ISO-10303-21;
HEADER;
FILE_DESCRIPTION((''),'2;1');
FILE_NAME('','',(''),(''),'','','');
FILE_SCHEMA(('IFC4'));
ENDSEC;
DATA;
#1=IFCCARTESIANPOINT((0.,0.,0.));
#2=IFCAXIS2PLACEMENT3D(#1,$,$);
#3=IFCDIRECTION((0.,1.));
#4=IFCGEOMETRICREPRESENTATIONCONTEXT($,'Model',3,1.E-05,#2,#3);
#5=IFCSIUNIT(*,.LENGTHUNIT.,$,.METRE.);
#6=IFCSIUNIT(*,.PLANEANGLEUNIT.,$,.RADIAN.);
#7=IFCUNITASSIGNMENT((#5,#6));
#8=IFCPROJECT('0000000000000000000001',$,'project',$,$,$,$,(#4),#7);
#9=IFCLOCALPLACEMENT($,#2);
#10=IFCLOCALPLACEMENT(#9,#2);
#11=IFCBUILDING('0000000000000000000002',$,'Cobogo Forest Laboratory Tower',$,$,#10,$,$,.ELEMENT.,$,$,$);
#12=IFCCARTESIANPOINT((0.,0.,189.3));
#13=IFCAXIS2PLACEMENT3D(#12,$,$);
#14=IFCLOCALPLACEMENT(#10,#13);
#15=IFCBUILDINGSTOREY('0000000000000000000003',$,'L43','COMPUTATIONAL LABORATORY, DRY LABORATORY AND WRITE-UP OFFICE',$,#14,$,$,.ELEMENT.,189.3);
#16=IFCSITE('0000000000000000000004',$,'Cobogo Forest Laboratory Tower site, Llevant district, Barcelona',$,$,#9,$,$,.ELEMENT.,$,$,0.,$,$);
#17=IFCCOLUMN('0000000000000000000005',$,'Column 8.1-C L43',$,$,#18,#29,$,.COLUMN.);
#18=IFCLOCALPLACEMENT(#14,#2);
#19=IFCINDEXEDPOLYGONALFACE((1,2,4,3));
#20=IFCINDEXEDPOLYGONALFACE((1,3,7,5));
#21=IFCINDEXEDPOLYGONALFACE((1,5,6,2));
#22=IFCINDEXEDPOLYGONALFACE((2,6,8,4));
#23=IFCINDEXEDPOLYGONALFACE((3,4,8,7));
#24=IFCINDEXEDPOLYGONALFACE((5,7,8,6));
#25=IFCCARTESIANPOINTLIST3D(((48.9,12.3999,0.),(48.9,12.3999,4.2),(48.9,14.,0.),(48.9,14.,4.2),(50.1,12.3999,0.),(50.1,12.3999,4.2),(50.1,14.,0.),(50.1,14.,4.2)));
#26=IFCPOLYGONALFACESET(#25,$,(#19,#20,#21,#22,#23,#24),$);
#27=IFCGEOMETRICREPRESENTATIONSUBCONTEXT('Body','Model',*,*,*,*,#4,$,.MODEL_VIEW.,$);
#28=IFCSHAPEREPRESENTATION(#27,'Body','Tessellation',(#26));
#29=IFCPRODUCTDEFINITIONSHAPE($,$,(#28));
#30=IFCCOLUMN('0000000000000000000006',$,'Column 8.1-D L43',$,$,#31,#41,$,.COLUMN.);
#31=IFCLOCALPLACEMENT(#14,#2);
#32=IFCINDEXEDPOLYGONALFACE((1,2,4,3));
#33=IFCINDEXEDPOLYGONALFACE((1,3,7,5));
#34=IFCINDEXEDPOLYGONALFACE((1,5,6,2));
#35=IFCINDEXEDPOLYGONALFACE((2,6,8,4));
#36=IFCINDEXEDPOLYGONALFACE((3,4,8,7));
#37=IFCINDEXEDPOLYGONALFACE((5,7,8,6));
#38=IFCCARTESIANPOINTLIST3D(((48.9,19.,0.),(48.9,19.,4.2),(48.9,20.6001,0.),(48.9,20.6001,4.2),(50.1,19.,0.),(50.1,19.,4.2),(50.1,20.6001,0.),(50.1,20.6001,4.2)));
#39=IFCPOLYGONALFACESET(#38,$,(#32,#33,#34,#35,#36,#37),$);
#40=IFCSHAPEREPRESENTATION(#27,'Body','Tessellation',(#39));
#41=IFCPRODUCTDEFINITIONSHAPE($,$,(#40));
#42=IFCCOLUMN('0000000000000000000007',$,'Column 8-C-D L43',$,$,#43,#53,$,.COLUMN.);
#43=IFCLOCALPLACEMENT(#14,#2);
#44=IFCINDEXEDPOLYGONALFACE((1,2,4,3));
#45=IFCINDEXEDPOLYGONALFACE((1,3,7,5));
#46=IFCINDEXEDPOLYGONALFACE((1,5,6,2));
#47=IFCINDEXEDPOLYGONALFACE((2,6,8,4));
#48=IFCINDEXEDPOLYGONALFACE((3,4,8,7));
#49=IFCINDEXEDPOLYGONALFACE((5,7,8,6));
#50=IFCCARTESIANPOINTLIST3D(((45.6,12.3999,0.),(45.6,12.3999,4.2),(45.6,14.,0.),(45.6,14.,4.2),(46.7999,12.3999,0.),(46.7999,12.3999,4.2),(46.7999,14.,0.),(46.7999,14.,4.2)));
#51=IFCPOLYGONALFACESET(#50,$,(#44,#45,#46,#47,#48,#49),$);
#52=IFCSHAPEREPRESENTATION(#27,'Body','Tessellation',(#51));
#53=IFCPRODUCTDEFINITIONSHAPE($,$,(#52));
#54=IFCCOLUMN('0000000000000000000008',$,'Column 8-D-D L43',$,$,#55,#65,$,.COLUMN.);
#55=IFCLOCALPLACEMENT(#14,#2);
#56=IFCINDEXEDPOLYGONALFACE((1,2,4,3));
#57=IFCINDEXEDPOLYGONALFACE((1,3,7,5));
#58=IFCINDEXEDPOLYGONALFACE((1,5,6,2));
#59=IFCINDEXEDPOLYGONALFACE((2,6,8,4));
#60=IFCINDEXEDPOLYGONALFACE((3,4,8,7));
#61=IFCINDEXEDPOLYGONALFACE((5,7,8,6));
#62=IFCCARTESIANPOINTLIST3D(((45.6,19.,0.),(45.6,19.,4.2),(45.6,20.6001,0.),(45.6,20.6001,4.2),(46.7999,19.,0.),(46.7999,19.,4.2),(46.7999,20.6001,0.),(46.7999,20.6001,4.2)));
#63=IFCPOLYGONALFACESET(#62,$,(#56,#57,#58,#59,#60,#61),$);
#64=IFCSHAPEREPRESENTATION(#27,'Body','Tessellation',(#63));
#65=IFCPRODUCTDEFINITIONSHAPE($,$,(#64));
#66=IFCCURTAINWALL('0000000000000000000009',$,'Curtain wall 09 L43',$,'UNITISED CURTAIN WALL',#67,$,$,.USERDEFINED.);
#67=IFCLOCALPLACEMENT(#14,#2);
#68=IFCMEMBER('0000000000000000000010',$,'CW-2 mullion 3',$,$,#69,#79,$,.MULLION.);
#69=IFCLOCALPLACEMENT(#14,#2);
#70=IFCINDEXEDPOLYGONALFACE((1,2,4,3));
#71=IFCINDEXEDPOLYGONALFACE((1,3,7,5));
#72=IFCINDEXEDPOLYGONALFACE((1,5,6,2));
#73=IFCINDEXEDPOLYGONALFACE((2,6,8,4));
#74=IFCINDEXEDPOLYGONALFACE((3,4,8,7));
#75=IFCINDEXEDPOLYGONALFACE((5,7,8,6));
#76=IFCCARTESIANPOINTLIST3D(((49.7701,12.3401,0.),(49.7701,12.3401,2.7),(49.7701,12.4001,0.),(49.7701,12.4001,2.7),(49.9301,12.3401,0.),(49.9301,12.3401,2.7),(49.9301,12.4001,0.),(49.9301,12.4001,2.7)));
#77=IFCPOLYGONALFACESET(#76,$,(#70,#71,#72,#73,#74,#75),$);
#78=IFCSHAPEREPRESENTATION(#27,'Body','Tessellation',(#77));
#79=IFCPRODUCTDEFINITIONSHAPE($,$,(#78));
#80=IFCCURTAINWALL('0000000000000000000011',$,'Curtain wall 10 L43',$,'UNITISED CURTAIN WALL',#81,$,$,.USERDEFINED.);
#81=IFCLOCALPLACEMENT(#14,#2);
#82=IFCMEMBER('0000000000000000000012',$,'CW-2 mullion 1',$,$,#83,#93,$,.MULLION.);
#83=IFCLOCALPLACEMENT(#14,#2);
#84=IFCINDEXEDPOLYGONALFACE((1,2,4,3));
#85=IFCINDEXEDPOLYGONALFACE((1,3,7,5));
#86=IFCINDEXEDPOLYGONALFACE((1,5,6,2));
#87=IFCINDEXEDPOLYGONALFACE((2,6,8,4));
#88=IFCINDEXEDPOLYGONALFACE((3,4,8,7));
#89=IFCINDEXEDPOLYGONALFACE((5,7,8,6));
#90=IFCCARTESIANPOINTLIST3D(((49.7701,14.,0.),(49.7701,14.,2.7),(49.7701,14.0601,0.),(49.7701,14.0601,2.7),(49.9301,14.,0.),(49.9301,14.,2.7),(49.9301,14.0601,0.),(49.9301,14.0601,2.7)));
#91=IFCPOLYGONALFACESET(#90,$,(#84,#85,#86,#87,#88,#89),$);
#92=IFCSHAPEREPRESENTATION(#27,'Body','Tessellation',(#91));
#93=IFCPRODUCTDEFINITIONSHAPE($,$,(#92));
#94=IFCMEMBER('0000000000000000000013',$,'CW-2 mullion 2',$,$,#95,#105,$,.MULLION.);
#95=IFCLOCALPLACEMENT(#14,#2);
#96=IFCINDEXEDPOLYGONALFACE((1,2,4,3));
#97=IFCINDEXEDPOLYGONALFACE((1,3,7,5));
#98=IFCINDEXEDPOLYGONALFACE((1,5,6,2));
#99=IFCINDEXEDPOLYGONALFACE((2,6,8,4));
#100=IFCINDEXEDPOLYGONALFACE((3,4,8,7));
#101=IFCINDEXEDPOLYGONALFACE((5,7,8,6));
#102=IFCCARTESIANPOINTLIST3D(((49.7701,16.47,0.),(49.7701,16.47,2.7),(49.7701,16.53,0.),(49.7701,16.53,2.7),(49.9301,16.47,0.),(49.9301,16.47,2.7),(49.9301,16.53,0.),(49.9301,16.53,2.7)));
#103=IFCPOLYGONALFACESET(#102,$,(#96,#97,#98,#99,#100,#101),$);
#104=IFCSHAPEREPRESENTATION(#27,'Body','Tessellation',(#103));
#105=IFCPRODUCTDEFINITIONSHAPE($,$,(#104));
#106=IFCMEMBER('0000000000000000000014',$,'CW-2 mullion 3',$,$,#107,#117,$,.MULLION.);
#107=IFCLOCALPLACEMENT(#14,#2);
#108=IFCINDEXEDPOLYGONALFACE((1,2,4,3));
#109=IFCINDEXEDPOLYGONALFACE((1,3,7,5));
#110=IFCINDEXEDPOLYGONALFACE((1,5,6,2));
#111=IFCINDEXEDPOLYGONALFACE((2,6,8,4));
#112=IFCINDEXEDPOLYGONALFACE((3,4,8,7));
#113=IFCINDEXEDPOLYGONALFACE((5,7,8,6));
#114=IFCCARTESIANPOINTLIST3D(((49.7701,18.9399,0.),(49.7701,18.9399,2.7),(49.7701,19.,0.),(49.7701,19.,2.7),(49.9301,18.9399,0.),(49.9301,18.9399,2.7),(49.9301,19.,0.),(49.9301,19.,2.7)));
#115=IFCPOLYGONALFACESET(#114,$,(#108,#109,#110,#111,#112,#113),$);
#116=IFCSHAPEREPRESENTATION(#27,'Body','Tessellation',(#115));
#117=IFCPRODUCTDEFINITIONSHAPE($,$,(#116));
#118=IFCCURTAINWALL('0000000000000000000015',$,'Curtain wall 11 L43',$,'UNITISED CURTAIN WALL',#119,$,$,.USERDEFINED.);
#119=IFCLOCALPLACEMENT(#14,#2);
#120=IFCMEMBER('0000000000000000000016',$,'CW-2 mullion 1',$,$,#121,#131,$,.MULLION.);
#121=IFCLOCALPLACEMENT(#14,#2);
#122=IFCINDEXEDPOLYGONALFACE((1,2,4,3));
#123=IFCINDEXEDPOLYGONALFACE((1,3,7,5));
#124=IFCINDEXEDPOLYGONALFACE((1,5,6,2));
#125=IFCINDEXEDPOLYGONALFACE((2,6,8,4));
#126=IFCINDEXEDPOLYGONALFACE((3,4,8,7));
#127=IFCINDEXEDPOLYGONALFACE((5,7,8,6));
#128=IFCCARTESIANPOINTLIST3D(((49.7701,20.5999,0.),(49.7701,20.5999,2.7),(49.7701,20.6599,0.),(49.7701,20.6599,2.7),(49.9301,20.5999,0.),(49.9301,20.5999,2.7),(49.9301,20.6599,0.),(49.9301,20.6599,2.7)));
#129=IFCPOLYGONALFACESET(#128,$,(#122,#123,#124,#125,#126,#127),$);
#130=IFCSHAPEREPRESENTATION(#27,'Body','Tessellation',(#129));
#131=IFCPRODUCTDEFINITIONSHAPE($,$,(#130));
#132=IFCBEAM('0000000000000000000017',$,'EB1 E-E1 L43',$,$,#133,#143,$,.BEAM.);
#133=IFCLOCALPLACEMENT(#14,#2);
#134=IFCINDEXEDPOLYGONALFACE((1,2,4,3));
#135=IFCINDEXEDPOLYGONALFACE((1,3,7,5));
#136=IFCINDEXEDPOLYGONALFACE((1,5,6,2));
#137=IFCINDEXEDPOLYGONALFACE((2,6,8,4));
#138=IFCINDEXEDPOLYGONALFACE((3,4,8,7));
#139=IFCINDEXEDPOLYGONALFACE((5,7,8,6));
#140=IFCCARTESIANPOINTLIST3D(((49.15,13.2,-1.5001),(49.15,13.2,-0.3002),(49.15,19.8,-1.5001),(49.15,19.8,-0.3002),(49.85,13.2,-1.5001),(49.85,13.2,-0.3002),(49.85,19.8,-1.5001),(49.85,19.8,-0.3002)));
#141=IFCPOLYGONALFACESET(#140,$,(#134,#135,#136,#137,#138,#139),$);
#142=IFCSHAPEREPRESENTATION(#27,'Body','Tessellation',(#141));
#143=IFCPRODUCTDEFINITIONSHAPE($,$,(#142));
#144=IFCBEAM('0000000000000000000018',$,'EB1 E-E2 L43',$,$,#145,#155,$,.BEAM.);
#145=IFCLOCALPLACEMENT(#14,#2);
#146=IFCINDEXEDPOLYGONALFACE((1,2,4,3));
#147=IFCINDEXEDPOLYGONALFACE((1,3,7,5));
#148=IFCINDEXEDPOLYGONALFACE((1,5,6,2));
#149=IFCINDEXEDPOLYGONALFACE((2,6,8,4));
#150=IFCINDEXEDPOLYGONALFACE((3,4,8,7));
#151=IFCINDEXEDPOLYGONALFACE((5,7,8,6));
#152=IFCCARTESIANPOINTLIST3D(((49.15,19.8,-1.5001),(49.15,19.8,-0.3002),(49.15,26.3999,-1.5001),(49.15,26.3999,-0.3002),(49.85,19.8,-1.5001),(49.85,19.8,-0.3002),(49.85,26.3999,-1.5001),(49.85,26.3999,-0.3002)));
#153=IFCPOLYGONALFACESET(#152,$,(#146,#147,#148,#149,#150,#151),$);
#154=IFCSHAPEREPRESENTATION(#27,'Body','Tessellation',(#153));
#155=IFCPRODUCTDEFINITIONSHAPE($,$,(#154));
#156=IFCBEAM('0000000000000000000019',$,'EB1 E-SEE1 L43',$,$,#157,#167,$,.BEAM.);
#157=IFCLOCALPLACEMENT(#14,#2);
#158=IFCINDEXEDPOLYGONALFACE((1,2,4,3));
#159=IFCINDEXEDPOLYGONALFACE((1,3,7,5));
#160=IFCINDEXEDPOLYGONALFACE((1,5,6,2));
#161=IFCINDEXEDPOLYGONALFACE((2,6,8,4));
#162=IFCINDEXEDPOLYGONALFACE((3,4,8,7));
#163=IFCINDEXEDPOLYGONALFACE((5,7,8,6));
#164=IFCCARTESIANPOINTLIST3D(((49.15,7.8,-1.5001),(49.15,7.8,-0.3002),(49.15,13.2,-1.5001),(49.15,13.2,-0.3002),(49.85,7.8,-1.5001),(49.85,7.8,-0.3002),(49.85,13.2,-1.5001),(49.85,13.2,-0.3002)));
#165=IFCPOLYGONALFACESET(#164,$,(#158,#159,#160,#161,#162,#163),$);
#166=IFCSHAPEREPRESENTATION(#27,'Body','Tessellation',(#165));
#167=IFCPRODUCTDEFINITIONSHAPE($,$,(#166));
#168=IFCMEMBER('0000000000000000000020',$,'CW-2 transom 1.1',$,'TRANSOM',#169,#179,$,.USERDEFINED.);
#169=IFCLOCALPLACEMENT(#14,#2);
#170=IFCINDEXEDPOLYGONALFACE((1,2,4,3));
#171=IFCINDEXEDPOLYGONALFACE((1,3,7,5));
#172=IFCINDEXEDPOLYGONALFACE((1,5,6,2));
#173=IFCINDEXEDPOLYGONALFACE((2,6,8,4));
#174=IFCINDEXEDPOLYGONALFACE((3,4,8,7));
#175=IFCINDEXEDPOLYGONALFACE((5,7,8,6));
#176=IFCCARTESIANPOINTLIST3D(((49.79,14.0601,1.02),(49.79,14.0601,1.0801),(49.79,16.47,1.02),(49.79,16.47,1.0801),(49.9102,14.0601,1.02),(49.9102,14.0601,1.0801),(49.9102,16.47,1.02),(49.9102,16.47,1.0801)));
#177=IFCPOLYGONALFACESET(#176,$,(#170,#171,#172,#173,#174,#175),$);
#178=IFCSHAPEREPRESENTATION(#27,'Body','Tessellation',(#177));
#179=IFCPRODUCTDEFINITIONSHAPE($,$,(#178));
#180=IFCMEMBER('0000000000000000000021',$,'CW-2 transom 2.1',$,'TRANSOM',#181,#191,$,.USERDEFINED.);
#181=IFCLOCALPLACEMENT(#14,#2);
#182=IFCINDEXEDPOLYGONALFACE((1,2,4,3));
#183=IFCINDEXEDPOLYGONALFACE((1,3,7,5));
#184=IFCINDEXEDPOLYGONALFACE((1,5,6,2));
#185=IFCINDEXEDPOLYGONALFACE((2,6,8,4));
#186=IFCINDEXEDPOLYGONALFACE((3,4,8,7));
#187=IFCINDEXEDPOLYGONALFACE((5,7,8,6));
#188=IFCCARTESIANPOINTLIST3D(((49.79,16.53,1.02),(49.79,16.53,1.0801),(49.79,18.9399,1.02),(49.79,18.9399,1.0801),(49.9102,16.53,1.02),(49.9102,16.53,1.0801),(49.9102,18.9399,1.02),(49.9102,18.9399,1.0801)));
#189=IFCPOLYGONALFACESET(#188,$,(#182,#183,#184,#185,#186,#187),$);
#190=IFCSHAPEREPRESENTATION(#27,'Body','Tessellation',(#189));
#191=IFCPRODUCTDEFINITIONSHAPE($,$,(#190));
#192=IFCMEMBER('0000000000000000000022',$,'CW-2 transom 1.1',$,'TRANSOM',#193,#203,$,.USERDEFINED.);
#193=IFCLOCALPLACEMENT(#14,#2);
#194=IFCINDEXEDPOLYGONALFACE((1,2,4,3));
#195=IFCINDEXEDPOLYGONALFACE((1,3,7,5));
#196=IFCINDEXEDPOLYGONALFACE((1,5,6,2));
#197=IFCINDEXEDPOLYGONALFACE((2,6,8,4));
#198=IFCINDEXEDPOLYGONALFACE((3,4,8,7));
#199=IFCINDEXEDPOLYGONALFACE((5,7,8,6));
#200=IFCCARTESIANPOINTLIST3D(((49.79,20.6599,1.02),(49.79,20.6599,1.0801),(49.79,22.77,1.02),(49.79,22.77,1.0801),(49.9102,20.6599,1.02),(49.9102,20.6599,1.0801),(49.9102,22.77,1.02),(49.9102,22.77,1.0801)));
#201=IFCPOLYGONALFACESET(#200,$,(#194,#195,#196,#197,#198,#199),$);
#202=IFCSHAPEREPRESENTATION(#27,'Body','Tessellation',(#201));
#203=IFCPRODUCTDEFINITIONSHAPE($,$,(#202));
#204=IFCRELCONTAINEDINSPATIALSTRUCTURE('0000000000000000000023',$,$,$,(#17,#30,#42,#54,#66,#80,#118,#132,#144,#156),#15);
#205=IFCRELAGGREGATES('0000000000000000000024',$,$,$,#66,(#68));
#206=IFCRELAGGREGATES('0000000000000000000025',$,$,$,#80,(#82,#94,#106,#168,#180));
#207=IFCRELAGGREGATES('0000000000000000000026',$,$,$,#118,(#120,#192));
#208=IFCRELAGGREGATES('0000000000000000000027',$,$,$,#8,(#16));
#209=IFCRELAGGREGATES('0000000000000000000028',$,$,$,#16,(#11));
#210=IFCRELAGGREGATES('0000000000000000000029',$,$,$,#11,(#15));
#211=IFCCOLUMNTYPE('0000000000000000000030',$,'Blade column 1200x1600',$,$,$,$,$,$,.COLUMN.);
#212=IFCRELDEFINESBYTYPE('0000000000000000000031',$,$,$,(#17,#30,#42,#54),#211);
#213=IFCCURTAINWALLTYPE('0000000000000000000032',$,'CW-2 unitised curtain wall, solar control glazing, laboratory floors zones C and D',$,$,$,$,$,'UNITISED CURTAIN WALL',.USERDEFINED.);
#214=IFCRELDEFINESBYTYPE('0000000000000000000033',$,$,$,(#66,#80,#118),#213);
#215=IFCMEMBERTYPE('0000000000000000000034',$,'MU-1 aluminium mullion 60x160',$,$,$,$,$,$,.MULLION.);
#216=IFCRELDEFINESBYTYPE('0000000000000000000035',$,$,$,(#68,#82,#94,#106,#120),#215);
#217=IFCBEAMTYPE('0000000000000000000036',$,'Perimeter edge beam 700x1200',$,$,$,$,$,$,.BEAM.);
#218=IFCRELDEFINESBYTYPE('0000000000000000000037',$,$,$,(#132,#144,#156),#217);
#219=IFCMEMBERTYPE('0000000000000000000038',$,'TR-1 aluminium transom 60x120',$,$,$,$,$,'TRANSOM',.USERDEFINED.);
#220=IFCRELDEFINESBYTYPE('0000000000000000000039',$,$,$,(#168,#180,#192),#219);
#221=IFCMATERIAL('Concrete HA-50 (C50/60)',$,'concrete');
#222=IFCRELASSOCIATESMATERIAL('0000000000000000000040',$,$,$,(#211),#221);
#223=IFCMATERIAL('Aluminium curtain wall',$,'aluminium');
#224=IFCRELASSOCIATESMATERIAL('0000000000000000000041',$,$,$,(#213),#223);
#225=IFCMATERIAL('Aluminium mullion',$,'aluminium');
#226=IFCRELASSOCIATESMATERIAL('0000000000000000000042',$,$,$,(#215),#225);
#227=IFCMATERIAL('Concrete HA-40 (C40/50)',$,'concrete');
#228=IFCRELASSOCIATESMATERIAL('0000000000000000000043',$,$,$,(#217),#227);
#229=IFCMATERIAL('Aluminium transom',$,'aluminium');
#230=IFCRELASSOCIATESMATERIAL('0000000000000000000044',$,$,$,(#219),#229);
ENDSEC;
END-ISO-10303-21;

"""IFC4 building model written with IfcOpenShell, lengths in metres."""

from ifc_helpers import new_model, si_unit, direction, frame, origin, origin_2d, place, context, subcontext, project, spatial, rectangle, extrude, material, material_profile, profile_set, type_object, element, aggregate, save


model = new_model("IFC4")

# Units and contexts
model_context = context("Model", 3, precision=1e-05, world=origin(), true_north=direction((0.0, 1.0)))
body_context = subcontext(model_context, "Body", "Model", "MODEL_VIEW")
ifc_project = project(units=[si_unit("LENGTHUNIT", "METRE"), si_unit("PLANEANGLEUNIT", "RADIAN")], contexts=[model_context])

# Site, building, storey
site_placement = place(None, origin())
site = spatial("IfcSite", under=ifc_project, at=site_placement, Name="Cobogo Forest Laboratory Tower site, Llevant district, Barcelona", CompositionType="ELEMENT", RefElevation=0.0)
building_placement = place(site_placement, origin())
building = spatial("IfcBuilding", under=site, at=building_placement, Name="Cobogo Forest Laboratory Tower", CompositionType="ELEMENT")
storey_placement = place(building_placement, frame((0.0, 0.0, 189.3)))
storey = spatial("IfcBuildingStorey", under=building, at=storey_placement, Name="L43", Description="COMPUTATIONAL LABORATORY, DRY LABORATORY AND WRITE-UP OFFICE", CompositionType="ELEMENT", Elevation=189.3)

# Columns
ifc_material_1 = material(Name="Concrete HA-50 (C50/60)", Category="concrete")
ifc_material_profile_1 = material_profile(ifc_material_1, rectangle(XDim=1.6001, YDim=1.2, at=origin_2d()), Name="RC 1200x1600")
ifc_profile_set_1 = profile_set([ifc_material_profile_1], Name="Concrete HA-50 (C50/60)")
column_type = type_object("IfcColumnType", Name="Blade column 1200x1600", PredefinedType="COLUMN", material=ifc_profile_set_1)
for number, where, z_axis, x_axis, name in (
    (1, (49.5, 13.2, 0.0), (0.0, 0.0, 1.0), (0.0, 1.0, 0.0), "Column 8.1-C L43"),
    (2, (49.5, 19.8, 0.0), (0.0, 0.0, 1.0), (0.0, 1.0, 0.0), "Column 8.1-D L43"),
    (3, (46.2, 13.2, 0.0), (0.0, 0.0, 1.0), (0.0, 1.0, 0.0), "Column 8-C-D L43"),
    (4, (46.2, 19.8, 0.0), (0.0, 0.0, 1.0), (0.0, 1.0, 0.0), "Column 8-D-D L43"),
):
    element("IfcColumn", number, at=place(storey_placement, frame(where, z_axis=z_axis, x_axis=x_axis)), inside=storey, type_object=column_type, Name=name, PredefinedType="COLUMN", context=body_context, shape_type="SweptSolid", body=[
        extrude(rectangle(XDim=1.6001, YDim=1.2, at=origin_2d()), origin(), (0.0, 0.0, 1.0), 4.2),
    ])

# Curtain wall, member
ifc_material_2 = material(Name="Aluminium curtain wall", Category="aluminium")
curtain_wall_type = type_object("IfcCurtainWallType", Name="CW-2 unitised curtain wall, solar control glazing, laboratory floors zones C and D", ElementType="UNITISED CURTAIN WALL", PredefinedType="USERDEFINED", material=ifc_material_2)
curtain_wall_1_placement = place(storey_placement, origin())
curtain_wall_1 = element("IfcCurtainWall", 5, at=curtain_wall_1_placement, inside=storey, type_object=curtain_wall_type, Name="Curtain wall 09 L43", ObjectType="UNITISED CURTAIN WALL", PredefinedType="USERDEFINED")
ifc_material_3 = material(Name="Aluminium mullion", Category="aluminium")
ifc_material_profile_2 = material_profile(ifc_material_3, rectangle(XDim=0.0601, YDim=0.1599, at=origin_2d()), Name="AL 60x160")
ifc_profile_set_2 = profile_set([ifc_material_profile_2], Name="Aluminium mullion")
member_type_1 = type_object("IfcMemberType", Name="MU-1 aluminium mullion 60x160", PredefinedType="MULLION", material=ifc_profile_set_2)
member_1_placement = place(storey_placement, frame((49.8501, 12.3701, 0.0), z_axis=(0.0, 0.0, 1.0), x_axis=(0.0, 1.0, 0.0)))
member_1 = element("IfcMember", 6, at=member_1_placement, type_object=member_type_1, Name="CW-2 mullion 3", PredefinedType="MULLION", context=body_context, shape_type="SweptSolid", body=[
    extrude(rectangle(XDim=0.0601, YDim=0.1599, at=origin_2d()), origin(), (0.0, 0.0, 1.0), 2.7),
])
aggregate(curtain_wall_1, [member_1])

# Curtain wall, members
curtain_wall_2_placement = place(storey_placement, origin())
curtain_wall_2 = element("IfcCurtainWall", 7, at=curtain_wall_2_placement, inside=storey, type_object=curtain_wall_type, Name="Curtain wall 10 L43", ObjectType="UNITISED CURTAIN WALL", PredefinedType="USERDEFINED")
member_2_placement = place(storey_placement, frame((49.8501, 14.03, 0.0), z_axis=(0.0, 0.0, 1.0), x_axis=(0.0, 1.0, 0.0)))
member_2 = element("IfcMember", 8, at=member_2_placement, type_object=member_type_1, Name="CW-2 mullion 1", PredefinedType="MULLION", context=body_context, shape_type="SweptSolid", body=[
    extrude(rectangle(XDim=0.0601, YDim=0.1599, at=origin_2d()), origin(), (0.0, 0.0, 1.0), 2.7),
])
member_3_placement = place(storey_placement, frame((49.8501, 16.5, 0.0), z_axis=(0.0, 0.0, 1.0), x_axis=(0.0, 1.0, 0.0)))
member_3 = element("IfcMember", 9, at=member_3_placement, type_object=member_type_1, Name="CW-2 mullion 2", PredefinedType="MULLION", context=body_context, shape_type="SweptSolid", body=[
    extrude(rectangle(XDim=0.0601, YDim=0.1599, at=origin_2d()), origin(), (0.0, 0.0, 1.0), 2.7),
])
member_4_placement = place(storey_placement, frame((49.8501, 18.97, 0.0), z_axis=(0.0, 0.0, 1.0), x_axis=(0.0, 1.0, 0.0)))
member_4 = element("IfcMember", 10, at=member_4_placement, type_object=member_type_1, Name="CW-2 mullion 3", PredefinedType="MULLION", context=body_context, shape_type="SweptSolid", body=[
    extrude(rectangle(XDim=0.0601, YDim=0.1599, at=origin_2d()), origin(), (0.0, 0.0, 1.0), 2.7),
])

# Curtain wall, member
curtain_wall_3_placement = place(storey_placement, origin())
curtain_wall_3 = element("IfcCurtainWall", 11, at=curtain_wall_3_placement, inside=storey, type_object=curtain_wall_type, Name="Curtain wall 11 L43", ObjectType="UNITISED CURTAIN WALL", PredefinedType="USERDEFINED")
member_5_placement = place(storey_placement, frame((49.8501, 20.6299, 0.0), z_axis=(0.0, 0.0, 1.0), x_axis=(0.0, 1.0, 0.0)))
member_5 = element("IfcMember", 12, at=member_5_placement, type_object=member_type_1, Name="CW-2 mullion 1", PredefinedType="MULLION", context=body_context, shape_type="SweptSolid", body=[
    extrude(rectangle(XDim=0.0601, YDim=0.1599, at=origin_2d()), origin(), (0.0, 0.0, 1.0), 2.7),
])

# Beams
ifc_material_4 = material(Name="Concrete HA-40 (C40/50)", Category="concrete")
ifc_material_profile_3 = material_profile(ifc_material_4, rectangle(XDim=0.7, YDim=1.2, at=origin_2d()), Name="RC 700x1200")
ifc_profile_set_3 = profile_set([ifc_material_profile_3], Name="Concrete HA-40 (C40/50)")
beam_type = type_object("IfcBeamType", Name="Perimeter edge beam 700x1200", PredefinedType="BEAM", material=ifc_profile_set_3)
beam_1_placement = place(storey_placement, frame((49.5, 13.2, -0.9001), z_axis=(0.0, 1.0, 0.0), x_axis=(-1.0, 0.0, 0.0)))
element("IfcBeam", 13, at=beam_1_placement, inside=storey, type_object=beam_type, Name="EB1 E-E1 L43", PredefinedType="BEAM", context=body_context, shape_type="SweptSolid", body=[
    extrude(rectangle(XDim=0.7, YDim=1.2, at=origin_2d()), origin(), (0.0, 0.0, 1.0), 6.6001),
])
beam_2_placement = place(storey_placement, frame((49.5, 19.8, -0.9001), z_axis=(0.0, 1.0, 0.0), x_axis=(-1.0, 0.0, 0.0)))
element("IfcBeam", 14, at=beam_2_placement, inside=storey, type_object=beam_type, Name="EB1 E-E2 L43", PredefinedType="BEAM", context=body_context, shape_type="SweptSolid", body=[
    extrude(rectangle(XDim=0.7, YDim=1.2, at=origin_2d()), origin(), (0.0, 0.0, 1.0), 6.5999),
])
beam_3_placement = place(storey_placement, frame((49.5, 13.2, -0.9001), z_axis=(0.0, -1.0, 0.0), x_axis=(1.0, 0.0, 0.0)))
element("IfcBeam", 15, at=beam_3_placement, inside=storey, type_object=beam_type, Name="EB1 E-SEE1 L43", PredefinedType="BEAM", context=body_context, shape_type="SweptSolid", body=[
    extrude(rectangle(XDim=0.7, YDim=1.2, at=origin_2d()), origin(), (0.0, 0.0, 1.0), 5.3999),
])

# Members
ifc_material_5 = material(Name="Aluminium transom", Category="aluminium")
ifc_material_profile_4 = material_profile(ifc_material_5, rectangle(XDim=0.1201, YDim=0.0601, at=origin_2d()), Name="AL 60x120")
ifc_profile_set_4 = profile_set([ifc_material_profile_4], Name="Aluminium transom")
member_type_2 = type_object("IfcMemberType", Name="TR-1 aluminium transom 60x120", ElementType="TRANSOM", PredefinedType="USERDEFINED", material=ifc_profile_set_4)
member_6_placement = place(storey_placement, frame((49.8501, 14.0601, 1.05), z_axis=(0.0, 1.0, 0.0), x_axis=(-1.0, 0.0, 0.0)))
member_6 = element("IfcMember", 16, at=member_6_placement, type_object=member_type_2, Name="CW-2 transom 1.1", ObjectType="TRANSOM", PredefinedType="USERDEFINED", context=body_context, shape_type="SweptSolid", body=[
    extrude(rectangle(XDim=0.1201, YDim=0.0601, at=origin_2d()), origin(), (0.0, 0.0, 1.0), 2.4099),
])
member_7_placement = place(storey_placement, frame((49.8501, 16.53, 1.05), z_axis=(0.0, 1.0, 0.0), x_axis=(-1.0, 0.0, 0.0)))
member_7 = element("IfcMember", 17, at=member_7_placement, type_object=member_type_2, Name="CW-2 transom 2.1", ObjectType="TRANSOM", PredefinedType="USERDEFINED", context=body_context, shape_type="SweptSolid", body=[
    extrude(rectangle(XDim=0.1201, YDim=0.0601, at=origin_2d()), origin(), (0.0, 0.0, 1.0), 2.4099),
])
member_8_placement = place(storey_placement, frame((49.8501, 20.6599, 1.05), z_axis=(0.0, 1.0, 0.0), x_axis=(-1.0, 0.0, 0.0)))
member_8 = element("IfcMember", 18, at=member_8_placement, type_object=member_type_2, Name="CW-2 transom 1.1", ObjectType="TRANSOM", PredefinedType="USERDEFINED", context=body_context, shape_type="SweptSolid", body=[
    extrude(rectangle(XDim=0.1201, YDim=0.0601, at=origin_2d()), origin(), (0.0, 0.0, 1.0), 2.1101),
])

aggregate(curtain_wall_2, [member_2, member_3, member_4, member_6, member_7])
aggregate(curtain_wall_3, [member_5, member_8])

save(model, "model.ifc")
